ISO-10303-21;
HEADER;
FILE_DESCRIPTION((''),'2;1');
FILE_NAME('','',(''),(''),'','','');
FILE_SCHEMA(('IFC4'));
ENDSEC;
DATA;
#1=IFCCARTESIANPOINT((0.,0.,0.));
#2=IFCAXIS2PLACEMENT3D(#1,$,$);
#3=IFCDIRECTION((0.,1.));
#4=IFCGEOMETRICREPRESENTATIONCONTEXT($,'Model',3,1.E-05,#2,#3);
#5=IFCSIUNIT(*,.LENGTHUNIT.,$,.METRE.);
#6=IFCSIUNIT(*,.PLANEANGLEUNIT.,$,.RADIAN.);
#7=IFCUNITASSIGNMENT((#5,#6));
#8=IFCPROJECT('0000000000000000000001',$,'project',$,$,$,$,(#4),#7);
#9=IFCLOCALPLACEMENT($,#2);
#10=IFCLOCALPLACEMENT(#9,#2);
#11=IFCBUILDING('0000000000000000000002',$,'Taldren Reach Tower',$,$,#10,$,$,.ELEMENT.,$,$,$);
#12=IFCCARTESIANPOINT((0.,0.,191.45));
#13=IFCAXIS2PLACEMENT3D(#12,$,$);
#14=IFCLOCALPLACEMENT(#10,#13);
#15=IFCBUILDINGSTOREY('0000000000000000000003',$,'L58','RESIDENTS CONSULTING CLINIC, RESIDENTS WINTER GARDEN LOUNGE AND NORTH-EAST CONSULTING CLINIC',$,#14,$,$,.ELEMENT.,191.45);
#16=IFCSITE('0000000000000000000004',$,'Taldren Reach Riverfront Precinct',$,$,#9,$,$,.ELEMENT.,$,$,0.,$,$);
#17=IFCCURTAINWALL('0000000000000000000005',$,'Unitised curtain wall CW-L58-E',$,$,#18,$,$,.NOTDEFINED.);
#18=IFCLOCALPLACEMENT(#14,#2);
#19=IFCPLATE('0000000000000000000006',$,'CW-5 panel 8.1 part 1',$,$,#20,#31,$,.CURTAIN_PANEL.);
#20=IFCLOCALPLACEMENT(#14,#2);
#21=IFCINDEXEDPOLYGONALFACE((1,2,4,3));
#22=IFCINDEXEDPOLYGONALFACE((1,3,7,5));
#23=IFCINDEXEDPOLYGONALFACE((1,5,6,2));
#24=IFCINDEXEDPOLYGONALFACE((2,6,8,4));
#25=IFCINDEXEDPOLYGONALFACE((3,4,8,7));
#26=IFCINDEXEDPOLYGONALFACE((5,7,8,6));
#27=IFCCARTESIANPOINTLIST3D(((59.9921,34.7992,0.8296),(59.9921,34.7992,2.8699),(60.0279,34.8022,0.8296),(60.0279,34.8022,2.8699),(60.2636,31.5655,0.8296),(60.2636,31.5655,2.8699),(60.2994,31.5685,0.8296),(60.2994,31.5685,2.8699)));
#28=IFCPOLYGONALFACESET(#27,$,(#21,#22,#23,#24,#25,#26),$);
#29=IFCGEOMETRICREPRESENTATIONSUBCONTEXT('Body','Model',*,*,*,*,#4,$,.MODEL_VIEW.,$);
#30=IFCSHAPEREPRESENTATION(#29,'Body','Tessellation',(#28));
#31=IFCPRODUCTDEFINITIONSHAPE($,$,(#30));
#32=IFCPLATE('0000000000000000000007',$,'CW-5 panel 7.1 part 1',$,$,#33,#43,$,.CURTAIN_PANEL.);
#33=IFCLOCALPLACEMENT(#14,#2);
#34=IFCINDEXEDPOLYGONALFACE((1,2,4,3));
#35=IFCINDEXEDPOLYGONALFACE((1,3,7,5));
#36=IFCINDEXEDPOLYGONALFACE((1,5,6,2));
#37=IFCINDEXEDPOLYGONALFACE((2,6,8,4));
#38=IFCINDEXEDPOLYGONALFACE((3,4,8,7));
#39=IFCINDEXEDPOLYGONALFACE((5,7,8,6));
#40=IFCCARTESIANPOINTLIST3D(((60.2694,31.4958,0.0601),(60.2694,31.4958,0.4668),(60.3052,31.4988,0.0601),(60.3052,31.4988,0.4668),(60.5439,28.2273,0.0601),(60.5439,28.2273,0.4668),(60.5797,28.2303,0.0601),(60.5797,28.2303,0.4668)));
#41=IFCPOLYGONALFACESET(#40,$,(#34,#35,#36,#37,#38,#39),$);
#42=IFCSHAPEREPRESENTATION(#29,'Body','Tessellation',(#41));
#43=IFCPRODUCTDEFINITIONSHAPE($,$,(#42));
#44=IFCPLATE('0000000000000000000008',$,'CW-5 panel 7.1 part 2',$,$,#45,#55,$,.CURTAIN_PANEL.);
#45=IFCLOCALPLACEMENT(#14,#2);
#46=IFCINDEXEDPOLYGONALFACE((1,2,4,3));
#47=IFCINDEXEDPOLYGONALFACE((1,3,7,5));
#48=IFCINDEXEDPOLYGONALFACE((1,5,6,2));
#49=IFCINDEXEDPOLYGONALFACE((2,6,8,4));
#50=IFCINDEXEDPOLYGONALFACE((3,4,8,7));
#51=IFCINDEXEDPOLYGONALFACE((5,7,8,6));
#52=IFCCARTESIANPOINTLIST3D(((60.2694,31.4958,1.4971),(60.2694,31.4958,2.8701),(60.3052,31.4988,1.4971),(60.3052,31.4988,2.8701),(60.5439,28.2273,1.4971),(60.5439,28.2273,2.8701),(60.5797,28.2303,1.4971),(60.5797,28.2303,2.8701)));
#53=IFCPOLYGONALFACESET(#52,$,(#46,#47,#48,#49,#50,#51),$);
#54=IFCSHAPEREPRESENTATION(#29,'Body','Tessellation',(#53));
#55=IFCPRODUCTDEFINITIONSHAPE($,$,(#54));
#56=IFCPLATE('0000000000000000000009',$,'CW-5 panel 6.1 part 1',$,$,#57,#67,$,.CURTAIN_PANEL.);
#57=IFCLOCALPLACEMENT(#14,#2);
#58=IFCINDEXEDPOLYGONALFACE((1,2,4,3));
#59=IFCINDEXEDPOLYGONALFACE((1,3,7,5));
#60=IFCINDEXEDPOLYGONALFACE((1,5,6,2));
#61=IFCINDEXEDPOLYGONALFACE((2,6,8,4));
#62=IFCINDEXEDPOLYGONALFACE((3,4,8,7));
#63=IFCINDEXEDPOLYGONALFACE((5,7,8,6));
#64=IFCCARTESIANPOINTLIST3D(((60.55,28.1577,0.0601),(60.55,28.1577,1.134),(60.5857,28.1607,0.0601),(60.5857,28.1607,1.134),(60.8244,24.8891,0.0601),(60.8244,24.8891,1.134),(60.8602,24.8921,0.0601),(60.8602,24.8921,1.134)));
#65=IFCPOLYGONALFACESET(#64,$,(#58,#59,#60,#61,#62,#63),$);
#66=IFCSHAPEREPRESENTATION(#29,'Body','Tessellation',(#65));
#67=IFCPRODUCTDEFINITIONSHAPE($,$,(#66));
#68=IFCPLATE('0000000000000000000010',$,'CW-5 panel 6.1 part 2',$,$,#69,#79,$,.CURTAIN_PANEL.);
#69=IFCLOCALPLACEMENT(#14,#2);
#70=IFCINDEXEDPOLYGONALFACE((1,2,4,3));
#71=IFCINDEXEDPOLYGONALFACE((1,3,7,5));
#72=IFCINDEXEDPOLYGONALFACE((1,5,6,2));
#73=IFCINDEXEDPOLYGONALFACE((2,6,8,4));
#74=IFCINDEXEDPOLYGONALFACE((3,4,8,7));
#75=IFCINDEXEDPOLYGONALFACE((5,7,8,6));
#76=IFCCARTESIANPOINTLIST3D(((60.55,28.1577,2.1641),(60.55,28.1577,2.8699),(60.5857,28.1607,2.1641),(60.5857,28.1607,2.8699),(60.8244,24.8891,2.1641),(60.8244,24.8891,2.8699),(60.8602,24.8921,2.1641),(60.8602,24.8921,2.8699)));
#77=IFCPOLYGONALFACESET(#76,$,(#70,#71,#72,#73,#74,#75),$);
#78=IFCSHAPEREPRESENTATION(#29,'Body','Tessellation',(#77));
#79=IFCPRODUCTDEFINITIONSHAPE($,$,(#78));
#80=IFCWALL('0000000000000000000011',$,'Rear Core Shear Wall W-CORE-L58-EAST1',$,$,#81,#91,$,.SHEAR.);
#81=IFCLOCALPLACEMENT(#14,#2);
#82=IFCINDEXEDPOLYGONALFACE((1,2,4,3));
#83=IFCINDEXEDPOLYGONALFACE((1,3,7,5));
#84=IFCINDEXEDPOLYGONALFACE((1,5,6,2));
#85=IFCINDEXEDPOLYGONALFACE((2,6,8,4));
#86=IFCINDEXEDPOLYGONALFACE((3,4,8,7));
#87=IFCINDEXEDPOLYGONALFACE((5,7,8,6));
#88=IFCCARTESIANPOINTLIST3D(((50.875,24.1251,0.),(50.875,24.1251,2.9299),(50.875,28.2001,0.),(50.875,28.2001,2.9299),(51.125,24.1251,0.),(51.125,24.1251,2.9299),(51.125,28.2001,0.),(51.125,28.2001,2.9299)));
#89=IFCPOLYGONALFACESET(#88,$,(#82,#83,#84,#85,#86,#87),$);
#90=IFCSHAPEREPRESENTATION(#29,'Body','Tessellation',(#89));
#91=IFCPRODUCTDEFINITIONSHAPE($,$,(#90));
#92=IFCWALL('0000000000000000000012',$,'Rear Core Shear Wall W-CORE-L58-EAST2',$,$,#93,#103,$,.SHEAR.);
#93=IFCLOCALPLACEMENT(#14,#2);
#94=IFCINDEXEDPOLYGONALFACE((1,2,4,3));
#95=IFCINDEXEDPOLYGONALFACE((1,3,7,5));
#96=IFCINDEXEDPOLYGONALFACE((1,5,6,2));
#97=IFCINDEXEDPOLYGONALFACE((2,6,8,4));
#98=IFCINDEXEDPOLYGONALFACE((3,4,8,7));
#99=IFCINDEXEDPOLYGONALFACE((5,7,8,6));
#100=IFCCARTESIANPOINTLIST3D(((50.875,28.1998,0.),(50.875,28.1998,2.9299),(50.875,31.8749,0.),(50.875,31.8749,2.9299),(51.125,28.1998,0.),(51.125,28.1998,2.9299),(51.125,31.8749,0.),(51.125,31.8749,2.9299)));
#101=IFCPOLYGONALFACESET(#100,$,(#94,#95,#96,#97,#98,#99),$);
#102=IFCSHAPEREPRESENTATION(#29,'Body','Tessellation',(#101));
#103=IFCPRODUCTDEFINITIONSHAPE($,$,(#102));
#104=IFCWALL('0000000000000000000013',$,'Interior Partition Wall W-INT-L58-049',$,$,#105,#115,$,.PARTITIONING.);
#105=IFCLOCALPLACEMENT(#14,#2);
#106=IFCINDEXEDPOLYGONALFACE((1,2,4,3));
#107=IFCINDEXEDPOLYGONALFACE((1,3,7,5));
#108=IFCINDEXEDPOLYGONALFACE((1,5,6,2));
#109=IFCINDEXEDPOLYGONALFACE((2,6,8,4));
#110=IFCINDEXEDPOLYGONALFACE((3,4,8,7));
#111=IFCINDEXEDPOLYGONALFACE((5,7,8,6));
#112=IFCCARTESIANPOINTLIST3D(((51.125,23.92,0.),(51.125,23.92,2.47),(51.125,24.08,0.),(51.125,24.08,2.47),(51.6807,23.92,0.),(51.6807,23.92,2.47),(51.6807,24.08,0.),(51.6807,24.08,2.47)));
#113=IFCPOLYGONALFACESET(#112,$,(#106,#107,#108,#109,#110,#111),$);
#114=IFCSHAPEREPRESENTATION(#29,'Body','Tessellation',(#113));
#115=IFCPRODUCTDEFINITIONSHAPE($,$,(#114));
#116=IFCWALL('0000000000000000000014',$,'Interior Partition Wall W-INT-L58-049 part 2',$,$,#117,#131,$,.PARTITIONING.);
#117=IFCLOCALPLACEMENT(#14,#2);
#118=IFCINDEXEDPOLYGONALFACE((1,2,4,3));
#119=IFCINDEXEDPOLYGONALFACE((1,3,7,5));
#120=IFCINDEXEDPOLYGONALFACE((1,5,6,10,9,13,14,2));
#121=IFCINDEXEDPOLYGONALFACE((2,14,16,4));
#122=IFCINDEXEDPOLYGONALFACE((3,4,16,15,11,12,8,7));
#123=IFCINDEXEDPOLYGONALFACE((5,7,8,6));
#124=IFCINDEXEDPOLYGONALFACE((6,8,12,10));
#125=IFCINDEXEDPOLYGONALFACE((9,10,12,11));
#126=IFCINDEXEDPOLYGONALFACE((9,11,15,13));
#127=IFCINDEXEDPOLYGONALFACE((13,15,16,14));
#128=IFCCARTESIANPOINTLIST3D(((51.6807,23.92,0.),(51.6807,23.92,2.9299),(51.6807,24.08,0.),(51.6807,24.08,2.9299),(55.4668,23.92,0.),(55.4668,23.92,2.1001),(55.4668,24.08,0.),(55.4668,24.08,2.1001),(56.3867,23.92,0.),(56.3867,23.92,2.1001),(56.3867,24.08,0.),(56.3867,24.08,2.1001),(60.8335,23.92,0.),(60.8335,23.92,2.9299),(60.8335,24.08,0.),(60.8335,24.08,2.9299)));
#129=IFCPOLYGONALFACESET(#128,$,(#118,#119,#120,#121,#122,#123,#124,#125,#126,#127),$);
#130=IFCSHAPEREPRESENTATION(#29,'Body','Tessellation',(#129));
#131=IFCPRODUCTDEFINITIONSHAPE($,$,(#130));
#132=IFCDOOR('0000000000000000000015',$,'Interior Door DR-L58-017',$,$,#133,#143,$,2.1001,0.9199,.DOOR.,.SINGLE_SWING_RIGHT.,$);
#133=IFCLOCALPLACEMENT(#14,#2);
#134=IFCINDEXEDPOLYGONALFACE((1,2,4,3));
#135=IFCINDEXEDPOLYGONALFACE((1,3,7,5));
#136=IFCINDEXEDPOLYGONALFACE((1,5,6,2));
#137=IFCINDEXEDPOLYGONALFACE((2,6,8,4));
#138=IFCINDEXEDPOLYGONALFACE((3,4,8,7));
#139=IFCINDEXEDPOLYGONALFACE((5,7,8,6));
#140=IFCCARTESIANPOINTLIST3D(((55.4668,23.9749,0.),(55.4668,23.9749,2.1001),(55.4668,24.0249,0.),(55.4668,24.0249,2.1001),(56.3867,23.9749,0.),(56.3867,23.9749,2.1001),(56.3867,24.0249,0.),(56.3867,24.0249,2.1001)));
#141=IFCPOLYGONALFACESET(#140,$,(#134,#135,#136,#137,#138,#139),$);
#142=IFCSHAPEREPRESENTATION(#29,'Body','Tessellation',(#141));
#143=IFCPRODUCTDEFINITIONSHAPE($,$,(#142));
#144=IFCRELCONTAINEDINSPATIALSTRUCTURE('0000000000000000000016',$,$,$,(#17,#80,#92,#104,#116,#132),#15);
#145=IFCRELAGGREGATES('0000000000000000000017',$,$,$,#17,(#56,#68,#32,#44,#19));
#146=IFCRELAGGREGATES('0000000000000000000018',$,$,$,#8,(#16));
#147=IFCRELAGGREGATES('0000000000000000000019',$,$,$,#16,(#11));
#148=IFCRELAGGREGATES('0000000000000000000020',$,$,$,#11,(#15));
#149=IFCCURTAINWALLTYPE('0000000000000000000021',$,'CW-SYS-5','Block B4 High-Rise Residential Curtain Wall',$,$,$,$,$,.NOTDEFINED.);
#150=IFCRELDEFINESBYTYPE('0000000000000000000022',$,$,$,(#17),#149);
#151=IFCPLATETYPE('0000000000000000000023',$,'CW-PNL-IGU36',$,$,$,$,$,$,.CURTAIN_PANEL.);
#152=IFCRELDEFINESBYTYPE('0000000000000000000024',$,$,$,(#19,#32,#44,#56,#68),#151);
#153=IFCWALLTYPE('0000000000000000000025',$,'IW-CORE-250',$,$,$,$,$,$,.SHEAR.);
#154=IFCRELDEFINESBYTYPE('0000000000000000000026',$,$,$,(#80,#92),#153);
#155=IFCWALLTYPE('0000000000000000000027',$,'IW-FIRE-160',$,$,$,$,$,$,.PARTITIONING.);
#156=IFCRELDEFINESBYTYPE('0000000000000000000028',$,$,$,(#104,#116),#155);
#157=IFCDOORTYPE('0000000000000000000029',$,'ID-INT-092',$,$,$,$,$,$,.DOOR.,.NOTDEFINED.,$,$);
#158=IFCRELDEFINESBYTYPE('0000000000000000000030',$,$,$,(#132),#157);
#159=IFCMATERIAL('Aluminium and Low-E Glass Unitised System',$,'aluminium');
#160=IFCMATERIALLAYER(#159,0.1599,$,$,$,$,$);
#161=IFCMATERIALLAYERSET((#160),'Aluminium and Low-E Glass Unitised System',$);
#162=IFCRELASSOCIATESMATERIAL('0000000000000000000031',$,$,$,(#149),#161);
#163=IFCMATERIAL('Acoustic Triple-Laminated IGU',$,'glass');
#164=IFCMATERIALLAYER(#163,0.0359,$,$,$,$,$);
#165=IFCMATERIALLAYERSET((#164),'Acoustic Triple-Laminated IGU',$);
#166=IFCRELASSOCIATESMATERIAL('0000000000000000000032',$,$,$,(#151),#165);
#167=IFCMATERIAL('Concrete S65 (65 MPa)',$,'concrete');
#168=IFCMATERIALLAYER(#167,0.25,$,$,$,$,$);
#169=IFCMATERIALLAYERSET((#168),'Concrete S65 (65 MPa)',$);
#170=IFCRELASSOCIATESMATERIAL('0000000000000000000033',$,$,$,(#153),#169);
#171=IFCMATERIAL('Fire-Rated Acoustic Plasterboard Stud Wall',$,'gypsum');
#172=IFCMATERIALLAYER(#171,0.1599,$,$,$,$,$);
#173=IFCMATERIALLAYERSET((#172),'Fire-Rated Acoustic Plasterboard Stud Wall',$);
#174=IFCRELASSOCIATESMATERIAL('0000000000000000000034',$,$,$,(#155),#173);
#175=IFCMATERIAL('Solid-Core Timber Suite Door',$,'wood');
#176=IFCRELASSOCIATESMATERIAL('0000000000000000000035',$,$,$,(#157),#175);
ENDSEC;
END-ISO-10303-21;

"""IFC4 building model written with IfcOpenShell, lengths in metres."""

from ifc_helpers import new_model, si_unit, direction, frame, frame_2d, origin, origin_2d, place, context, subcontext, project, spatial, rectangle, extrude, source, transform, mapped, material, layer, layer_set, type_object, element, fill, aggregate, save


model = new_model("IFC4")

# Units and contexts
model_context = context("Model", 3, precision=1e-05, world=origin(), true_north=direction((0.0, 1.0)))
body_context = subcontext(model_context, "Body", "Model", "MODEL_VIEW")
ifc_project = project(units=[si_unit("LENGTHUNIT", "METRE"), si_unit("PLANEANGLEUNIT", "RADIAN")], contexts=[model_context])

# Site, building, storey
site_placement = place(None, origin())
site = spatial("IfcSite", under=ifc_project, at=site_placement, Name="Taldren Reach Riverfront Precinct", CompositionType="ELEMENT", RefElevation=0.0)
building_placement = place(site_placement, origin())
building = spatial("IfcBuilding", under=site, at=building_placement, Name="Taldren Reach Tower", CompositionType="ELEMENT")
storey_placement = place(building_placement, frame((0.0, 0.0, 191.45)))
storey = spatial("IfcBuildingStorey", under=building, at=storey_placement, Name="L58", Description="RESIDENTS CONSULTING CLINIC, RESIDENTS WINTER GARDEN LOUNGE AND NORTH-EAST CONSULTING CLINIC", CompositionType="ELEMENT", Elevation=191.45)

# Curtain wall, plates
ifc_material_1 = material(Name="Aluminium and Low-E Glass Unitised System", Category="aluminium")
ifc_layer_1 = layer(ifc_material_1, 0.1599)
ifc_layer_set_1 = layer_set([ifc_layer_1], Name="Aluminium and Low-E Glass Unitised System")
curtain_wall_type = type_object("IfcCurtainWallType", Name="CW-SYS-5", Description="Block B4 High-Rise Residential Curtain Wall", PredefinedType="NOTDEFINED", material=ifc_layer_set_1)
curtain_wall_placement = place(storey_placement, origin())
curtain_wall = element("IfcCurtainWall", 1, at=curtain_wall_placement, inside=storey, type_object=curtain_wall_type, Name="Unitised curtain wall CW-L58-E", PredefinedType="NOTDEFINED")
ifc_material_2 = material(Name="Acoustic Triple-Laminated IGU", Category="glass")
ifc_layer_2 = layer(ifc_material_2, 0.0359)
ifc_layer_set_2 = layer_set([ifc_layer_2], Name="Acoustic Triple-Laminated IGU")
plate_type = type_object("IfcPlateType", Name="CW-PNL-IGU36", PredefinedType="CURTAIN_PANEL", material=ifc_layer_set_2)
shared_shape_1 = source(origin(), body_context, "Body", "SweptSolid", [
    extrude(rectangle(XDim=3.2451, YDim=0.0359, at=origin_2d()), origin(), (0.0, 0.0, 1.0), 2.0403),
])
plate_1_placement = place(storey_placement, frame((60.1458, 33.1838, 0.8296), z_axis=(0.0, 0.0, 1.0), x_axis=(-0.083678, 0.996493, 0.0)))
plate_1 = element("IfcPlate", 2, at=plate_1_placement, type_object=plate_type, Name="CW-5 panel 8.1 part 1", PredefinedType="CURTAIN_PANEL", context=body_context, shape_type="MappedRepresentation", body=[
    mapped(shared_shape_1, transform((0.0, 0.0, 0.0), scale=1.0)),
])
shared_shape_2 = source(origin(), body_context, "Body", "SweptSolid", [
    extrude(rectangle(XDim=3.28, YDim=0.0359, at=origin_2d()), origin(), (0.0, 0.0, 1.0), 0.4067),
])
plate_2_placement = place(storey_placement, frame((60.4246, 29.863, 0.0601), z_axis=(0.0, 0.0, 1.0), x_axis=(-0.083678, 0.996493, 0.0)))
plate_2 = element("IfcPlate", 3, at=plate_2_placement, type_object=plate_type, Name="CW-5 panel 7.1 part 1", PredefinedType="CURTAIN_PANEL", context=body_context, shape_type="MappedRepresentation", body=[
    mapped(shared_shape_2, transform((0.0, 0.0, 0.0), scale=1.0)),
])
shared_shape_3 = source(origin(), body_context, "Body", "SweptSolid", [
    extrude(rectangle(XDim=3.28, YDim=0.0359, at=origin_2d()), origin(), (0.0, 0.0, 1.0), 1.373),
])
plate_3_placement = place(storey_placement, frame((60.4246, 29.863, 1.4971), z_axis=(0.0, 0.0, 1.0), x_axis=(-0.083678, 0.996493, 0.0)))
plate_3 = element("IfcPlate", 4, at=plate_3_placement, type_object=plate_type, Name="CW-5 panel 7.1 part 2", PredefinedType="CURTAIN_PANEL", context=body_context, shape_type="MappedRepresentation", body=[
    mapped(shared_shape_3, transform((0.0, 0.0, 0.0), scale=1.0)),
])
shared_shape_4 = source(origin(), body_context, "Body", "SweptSolid", [
    extrude(rectangle(XDim=3.28, YDim=0.0359, at=origin_2d()), origin(), (0.0, 0.0, 1.0), 1.074),
])
plate_4_placement = place(storey_placement, frame((60.7051, 26.5249, 0.0601), z_axis=(0.0, 0.0, 1.0), x_axis=(-0.083678, 0.996493, 0.0)))
plate_4 = element("IfcPlate", 5, at=plate_4_placement, type_object=plate_type, Name="CW-5 panel 6.1 part 1", PredefinedType="CURTAIN_PANEL", context=body_context, shape_type="MappedRepresentation", body=[
    mapped(shared_shape_4, transform((0.0, 0.0, 0.0), scale=1.0)),
])
shared_shape_5 = source(origin(), body_context, "Body", "SweptSolid", [
    extrude(rectangle(XDim=3.28, YDim=0.0359, at=origin_2d()), origin(), (0.0, 0.0, 1.0), 0.7058),
])
plate_5_placement = place(storey_placement, frame((60.7051, 26.5249, 2.1641), z_axis=(0.0, 0.0, 1.0), x_axis=(-0.083678, 0.996493, 0.0)))
plate_5 = element("IfcPlate", 6, at=plate_5_placement, type_object=plate_type, Name="CW-5 panel 6.1 part 2", PredefinedType="CURTAIN_PANEL", context=body_context, shape_type="MappedRepresentation", body=[
    mapped(shared_shape_5, transform((0.0, 0.0, 0.0), scale=1.0)),
])
aggregate(curtain_wall, [plate_4, plate_5, plate_2, plate_3, plate_1])

# Walls
ifc_material_3 = material(Name="Concrete S65 (65 MPa)", Category="concrete")
ifc_layer_3 = layer(ifc_material_3, 0.25)
ifc_layer_set_3 = layer_set([ifc_layer_3], Name="Concrete S65 (65 MPa)")
wall_type_1 = type_object("IfcWallType", Name="IW-CORE-250", PredefinedType="SHEAR", material=ifc_layer_set_3)
shared_shape_6 = source(origin(), body_context, "Body", "SweptSolid", [
    extrude(rectangle(XDim=4.075, YDim=0.25, at=frame_2d((2.0376, 0.0))), origin(), (0.0, 0.0, 1.0), 2.9299),
])
wall_1_placement = place(storey_placement, frame((51.0, 24.125, 0.0), z_axis=(0.0, 0.0, 1.0), x_axis=(0.0, 1.0, 0.0)))
element("IfcWall", 7, at=wall_1_placement, inside=storey, type_object=wall_type_1, Name="Rear Core Shear Wall W-CORE-L58-EAST1", PredefinedType="SHEAR", context=body_context, shape_type="MappedRepresentation", body=[
    mapped(shared_shape_6, transform((0.0, 0.0, 0.0), scale=1.0)),
])
shared_shape_7 = source(origin(), body_context, "Body", "SweptSolid", [
    extrude(rectangle(XDim=3.675, YDim=0.25, at=frame_2d((1.8374, 0.0))), origin(), (0.0, 0.0, 1.0), 2.9299),
])
wall_2_placement = place(storey_placement, frame((51.0, 28.2, 0.0), z_axis=(0.0, 0.0, 1.0), x_axis=(0.0, 1.0, 0.0)))
element("IfcWall", 8, at=wall_2_placement, inside=storey, type_object=wall_type_1, Name="Rear Core Shear Wall W-CORE-L58-EAST2", PredefinedType="SHEAR", context=body_context, shape_type="MappedRepresentation", body=[
    mapped(shared_shape_7, transform((0.0, 0.0, 0.0), scale=1.0)),
])
ifc_material_4 = material(Name="Fire-Rated Acoustic Plasterboard Stud Wall", Category="gypsum")
ifc_layer_4 = layer(ifc_material_4, 0.1599)
ifc_layer_set_4 = layer_set([ifc_layer_4], Name="Fire-Rated Acoustic Plasterboard Stud Wall")
wall_type_2 = type_object("IfcWallType", Name="IW-FIRE-160", PredefinedType="PARTITIONING", material=ifc_layer_set_4)
shared_shape_8 = source(origin(), body_context, "Body", "SweptSolid", [
    extrude(rectangle(XDim=0.5557, YDim=0.1599, at=frame_2d((0.2778, 0.0))), origin(), (0.0, 0.0, 1.0), 2.47),
])
wall_3_placement = place(storey_placement, frame((51.125, 24.0, 0.0), z_axis=(0.0, 0.0, 1.0), x_axis=(1.0, 0.0, 0.0)))
element("IfcWall", 9, at=wall_3_placement, inside=storey, type_object=wall_type_2, Name="Interior Partition Wall W-INT-L58-049", PredefinedType="PARTITIONING", context=body_context, shape_type="MappedRepresentation", body=[
    mapped(shared_shape_8, transform((0.0, 0.0, 0.0), scale=1.0)),
])

# Wall, opening, door
shared_shape_9 = source(origin(), body_context, "Body", "SweptSolid", [
    extrude(rectangle(XDim=9.1528, YDim=0.1599, at=frame_2d((4.5764, 0.0))), origin(), (0.0, 0.0, 1.0), 2.9299),
])
wall_4_placement = place(storey_placement, frame((51.6807, 24.0, 0.0), z_axis=(0.0, 0.0, 1.0), x_axis=(1.0, 0.0, 0.0)))
wall_4 = element("IfcWall", 10, at=wall_4_placement, inside=storey, type_object=wall_type_2, Name="Interior Partition Wall W-INT-L58-049 part 2", PredefinedType="PARTITIONING", context=body_context, shape_type="MappedRepresentation", body=[
    mapped(shared_shape_9, transform((0.0, 0.0, 0.0), scale=1.0)),
])
shared_shape_10 = source(origin(), body_context, "Body", "SweptSolid", [
    extrude(rectangle(XDim=0.9199, YDim=2.1001, at=frame_2d((0.46, 1.05))), frame((0.0, 0.0898, 0.0), z_axis=(0.0, -1.0, 0.0), x_axis=(1.0, 0.0, 0.0)), (0.0, 0.0, 1.0), 0.1799),
])
opening_placement = place(wall_4_placement, frame((3.7861, 0.0, 0.0)))
opening = element("IfcOpeningElement", 11, at=opening_placement, cuts=wall_4, PredefinedType="OPENING", context=body_context, shape_type="MappedRepresentation", body=[
    mapped(shared_shape_10, transform((0.0, 0.0, 0.0), scale=1.0)),
])
ifc_material_5 = material(Name="Solid-Core Timber Suite Door", Category="wood")
door_type = type_object("IfcDoorType", Name="ID-INT-092", OperationType="NOTDEFINED", PredefinedType="DOOR", material=ifc_material_5)
shared_shape_11 = source(origin(), body_context, "Body", "SweptSolid", [
    extrude(rectangle(XDim=0.9199, YDim=2.1001, at=frame_2d((0.46, 1.05))), frame((0.0, 0.0249, 0.0), z_axis=(0.0, -1.0, 0.0), x_axis=(1.0, 0.0, 0.0)), (0.0, 0.0, 1.0), 0.05),
])
door_placement = place(opening_placement, origin())
door = element("IfcDoor", 12, at=door_placement, inside=storey, type_object=door_type, Name="Interior Door DR-L58-017", OperationType="SINGLE_SWING_RIGHT", OverallHeight=2.1001, OverallWidth=0.9199, PredefinedType="DOOR", context=body_context, shape_type="MappedRepresentation", body=[
    mapped(shared_shape_11, transform((0.0, 0.0, 0.0), scale=1.0)),
])
fill(opening, door)

save(model, "model.ifc")
